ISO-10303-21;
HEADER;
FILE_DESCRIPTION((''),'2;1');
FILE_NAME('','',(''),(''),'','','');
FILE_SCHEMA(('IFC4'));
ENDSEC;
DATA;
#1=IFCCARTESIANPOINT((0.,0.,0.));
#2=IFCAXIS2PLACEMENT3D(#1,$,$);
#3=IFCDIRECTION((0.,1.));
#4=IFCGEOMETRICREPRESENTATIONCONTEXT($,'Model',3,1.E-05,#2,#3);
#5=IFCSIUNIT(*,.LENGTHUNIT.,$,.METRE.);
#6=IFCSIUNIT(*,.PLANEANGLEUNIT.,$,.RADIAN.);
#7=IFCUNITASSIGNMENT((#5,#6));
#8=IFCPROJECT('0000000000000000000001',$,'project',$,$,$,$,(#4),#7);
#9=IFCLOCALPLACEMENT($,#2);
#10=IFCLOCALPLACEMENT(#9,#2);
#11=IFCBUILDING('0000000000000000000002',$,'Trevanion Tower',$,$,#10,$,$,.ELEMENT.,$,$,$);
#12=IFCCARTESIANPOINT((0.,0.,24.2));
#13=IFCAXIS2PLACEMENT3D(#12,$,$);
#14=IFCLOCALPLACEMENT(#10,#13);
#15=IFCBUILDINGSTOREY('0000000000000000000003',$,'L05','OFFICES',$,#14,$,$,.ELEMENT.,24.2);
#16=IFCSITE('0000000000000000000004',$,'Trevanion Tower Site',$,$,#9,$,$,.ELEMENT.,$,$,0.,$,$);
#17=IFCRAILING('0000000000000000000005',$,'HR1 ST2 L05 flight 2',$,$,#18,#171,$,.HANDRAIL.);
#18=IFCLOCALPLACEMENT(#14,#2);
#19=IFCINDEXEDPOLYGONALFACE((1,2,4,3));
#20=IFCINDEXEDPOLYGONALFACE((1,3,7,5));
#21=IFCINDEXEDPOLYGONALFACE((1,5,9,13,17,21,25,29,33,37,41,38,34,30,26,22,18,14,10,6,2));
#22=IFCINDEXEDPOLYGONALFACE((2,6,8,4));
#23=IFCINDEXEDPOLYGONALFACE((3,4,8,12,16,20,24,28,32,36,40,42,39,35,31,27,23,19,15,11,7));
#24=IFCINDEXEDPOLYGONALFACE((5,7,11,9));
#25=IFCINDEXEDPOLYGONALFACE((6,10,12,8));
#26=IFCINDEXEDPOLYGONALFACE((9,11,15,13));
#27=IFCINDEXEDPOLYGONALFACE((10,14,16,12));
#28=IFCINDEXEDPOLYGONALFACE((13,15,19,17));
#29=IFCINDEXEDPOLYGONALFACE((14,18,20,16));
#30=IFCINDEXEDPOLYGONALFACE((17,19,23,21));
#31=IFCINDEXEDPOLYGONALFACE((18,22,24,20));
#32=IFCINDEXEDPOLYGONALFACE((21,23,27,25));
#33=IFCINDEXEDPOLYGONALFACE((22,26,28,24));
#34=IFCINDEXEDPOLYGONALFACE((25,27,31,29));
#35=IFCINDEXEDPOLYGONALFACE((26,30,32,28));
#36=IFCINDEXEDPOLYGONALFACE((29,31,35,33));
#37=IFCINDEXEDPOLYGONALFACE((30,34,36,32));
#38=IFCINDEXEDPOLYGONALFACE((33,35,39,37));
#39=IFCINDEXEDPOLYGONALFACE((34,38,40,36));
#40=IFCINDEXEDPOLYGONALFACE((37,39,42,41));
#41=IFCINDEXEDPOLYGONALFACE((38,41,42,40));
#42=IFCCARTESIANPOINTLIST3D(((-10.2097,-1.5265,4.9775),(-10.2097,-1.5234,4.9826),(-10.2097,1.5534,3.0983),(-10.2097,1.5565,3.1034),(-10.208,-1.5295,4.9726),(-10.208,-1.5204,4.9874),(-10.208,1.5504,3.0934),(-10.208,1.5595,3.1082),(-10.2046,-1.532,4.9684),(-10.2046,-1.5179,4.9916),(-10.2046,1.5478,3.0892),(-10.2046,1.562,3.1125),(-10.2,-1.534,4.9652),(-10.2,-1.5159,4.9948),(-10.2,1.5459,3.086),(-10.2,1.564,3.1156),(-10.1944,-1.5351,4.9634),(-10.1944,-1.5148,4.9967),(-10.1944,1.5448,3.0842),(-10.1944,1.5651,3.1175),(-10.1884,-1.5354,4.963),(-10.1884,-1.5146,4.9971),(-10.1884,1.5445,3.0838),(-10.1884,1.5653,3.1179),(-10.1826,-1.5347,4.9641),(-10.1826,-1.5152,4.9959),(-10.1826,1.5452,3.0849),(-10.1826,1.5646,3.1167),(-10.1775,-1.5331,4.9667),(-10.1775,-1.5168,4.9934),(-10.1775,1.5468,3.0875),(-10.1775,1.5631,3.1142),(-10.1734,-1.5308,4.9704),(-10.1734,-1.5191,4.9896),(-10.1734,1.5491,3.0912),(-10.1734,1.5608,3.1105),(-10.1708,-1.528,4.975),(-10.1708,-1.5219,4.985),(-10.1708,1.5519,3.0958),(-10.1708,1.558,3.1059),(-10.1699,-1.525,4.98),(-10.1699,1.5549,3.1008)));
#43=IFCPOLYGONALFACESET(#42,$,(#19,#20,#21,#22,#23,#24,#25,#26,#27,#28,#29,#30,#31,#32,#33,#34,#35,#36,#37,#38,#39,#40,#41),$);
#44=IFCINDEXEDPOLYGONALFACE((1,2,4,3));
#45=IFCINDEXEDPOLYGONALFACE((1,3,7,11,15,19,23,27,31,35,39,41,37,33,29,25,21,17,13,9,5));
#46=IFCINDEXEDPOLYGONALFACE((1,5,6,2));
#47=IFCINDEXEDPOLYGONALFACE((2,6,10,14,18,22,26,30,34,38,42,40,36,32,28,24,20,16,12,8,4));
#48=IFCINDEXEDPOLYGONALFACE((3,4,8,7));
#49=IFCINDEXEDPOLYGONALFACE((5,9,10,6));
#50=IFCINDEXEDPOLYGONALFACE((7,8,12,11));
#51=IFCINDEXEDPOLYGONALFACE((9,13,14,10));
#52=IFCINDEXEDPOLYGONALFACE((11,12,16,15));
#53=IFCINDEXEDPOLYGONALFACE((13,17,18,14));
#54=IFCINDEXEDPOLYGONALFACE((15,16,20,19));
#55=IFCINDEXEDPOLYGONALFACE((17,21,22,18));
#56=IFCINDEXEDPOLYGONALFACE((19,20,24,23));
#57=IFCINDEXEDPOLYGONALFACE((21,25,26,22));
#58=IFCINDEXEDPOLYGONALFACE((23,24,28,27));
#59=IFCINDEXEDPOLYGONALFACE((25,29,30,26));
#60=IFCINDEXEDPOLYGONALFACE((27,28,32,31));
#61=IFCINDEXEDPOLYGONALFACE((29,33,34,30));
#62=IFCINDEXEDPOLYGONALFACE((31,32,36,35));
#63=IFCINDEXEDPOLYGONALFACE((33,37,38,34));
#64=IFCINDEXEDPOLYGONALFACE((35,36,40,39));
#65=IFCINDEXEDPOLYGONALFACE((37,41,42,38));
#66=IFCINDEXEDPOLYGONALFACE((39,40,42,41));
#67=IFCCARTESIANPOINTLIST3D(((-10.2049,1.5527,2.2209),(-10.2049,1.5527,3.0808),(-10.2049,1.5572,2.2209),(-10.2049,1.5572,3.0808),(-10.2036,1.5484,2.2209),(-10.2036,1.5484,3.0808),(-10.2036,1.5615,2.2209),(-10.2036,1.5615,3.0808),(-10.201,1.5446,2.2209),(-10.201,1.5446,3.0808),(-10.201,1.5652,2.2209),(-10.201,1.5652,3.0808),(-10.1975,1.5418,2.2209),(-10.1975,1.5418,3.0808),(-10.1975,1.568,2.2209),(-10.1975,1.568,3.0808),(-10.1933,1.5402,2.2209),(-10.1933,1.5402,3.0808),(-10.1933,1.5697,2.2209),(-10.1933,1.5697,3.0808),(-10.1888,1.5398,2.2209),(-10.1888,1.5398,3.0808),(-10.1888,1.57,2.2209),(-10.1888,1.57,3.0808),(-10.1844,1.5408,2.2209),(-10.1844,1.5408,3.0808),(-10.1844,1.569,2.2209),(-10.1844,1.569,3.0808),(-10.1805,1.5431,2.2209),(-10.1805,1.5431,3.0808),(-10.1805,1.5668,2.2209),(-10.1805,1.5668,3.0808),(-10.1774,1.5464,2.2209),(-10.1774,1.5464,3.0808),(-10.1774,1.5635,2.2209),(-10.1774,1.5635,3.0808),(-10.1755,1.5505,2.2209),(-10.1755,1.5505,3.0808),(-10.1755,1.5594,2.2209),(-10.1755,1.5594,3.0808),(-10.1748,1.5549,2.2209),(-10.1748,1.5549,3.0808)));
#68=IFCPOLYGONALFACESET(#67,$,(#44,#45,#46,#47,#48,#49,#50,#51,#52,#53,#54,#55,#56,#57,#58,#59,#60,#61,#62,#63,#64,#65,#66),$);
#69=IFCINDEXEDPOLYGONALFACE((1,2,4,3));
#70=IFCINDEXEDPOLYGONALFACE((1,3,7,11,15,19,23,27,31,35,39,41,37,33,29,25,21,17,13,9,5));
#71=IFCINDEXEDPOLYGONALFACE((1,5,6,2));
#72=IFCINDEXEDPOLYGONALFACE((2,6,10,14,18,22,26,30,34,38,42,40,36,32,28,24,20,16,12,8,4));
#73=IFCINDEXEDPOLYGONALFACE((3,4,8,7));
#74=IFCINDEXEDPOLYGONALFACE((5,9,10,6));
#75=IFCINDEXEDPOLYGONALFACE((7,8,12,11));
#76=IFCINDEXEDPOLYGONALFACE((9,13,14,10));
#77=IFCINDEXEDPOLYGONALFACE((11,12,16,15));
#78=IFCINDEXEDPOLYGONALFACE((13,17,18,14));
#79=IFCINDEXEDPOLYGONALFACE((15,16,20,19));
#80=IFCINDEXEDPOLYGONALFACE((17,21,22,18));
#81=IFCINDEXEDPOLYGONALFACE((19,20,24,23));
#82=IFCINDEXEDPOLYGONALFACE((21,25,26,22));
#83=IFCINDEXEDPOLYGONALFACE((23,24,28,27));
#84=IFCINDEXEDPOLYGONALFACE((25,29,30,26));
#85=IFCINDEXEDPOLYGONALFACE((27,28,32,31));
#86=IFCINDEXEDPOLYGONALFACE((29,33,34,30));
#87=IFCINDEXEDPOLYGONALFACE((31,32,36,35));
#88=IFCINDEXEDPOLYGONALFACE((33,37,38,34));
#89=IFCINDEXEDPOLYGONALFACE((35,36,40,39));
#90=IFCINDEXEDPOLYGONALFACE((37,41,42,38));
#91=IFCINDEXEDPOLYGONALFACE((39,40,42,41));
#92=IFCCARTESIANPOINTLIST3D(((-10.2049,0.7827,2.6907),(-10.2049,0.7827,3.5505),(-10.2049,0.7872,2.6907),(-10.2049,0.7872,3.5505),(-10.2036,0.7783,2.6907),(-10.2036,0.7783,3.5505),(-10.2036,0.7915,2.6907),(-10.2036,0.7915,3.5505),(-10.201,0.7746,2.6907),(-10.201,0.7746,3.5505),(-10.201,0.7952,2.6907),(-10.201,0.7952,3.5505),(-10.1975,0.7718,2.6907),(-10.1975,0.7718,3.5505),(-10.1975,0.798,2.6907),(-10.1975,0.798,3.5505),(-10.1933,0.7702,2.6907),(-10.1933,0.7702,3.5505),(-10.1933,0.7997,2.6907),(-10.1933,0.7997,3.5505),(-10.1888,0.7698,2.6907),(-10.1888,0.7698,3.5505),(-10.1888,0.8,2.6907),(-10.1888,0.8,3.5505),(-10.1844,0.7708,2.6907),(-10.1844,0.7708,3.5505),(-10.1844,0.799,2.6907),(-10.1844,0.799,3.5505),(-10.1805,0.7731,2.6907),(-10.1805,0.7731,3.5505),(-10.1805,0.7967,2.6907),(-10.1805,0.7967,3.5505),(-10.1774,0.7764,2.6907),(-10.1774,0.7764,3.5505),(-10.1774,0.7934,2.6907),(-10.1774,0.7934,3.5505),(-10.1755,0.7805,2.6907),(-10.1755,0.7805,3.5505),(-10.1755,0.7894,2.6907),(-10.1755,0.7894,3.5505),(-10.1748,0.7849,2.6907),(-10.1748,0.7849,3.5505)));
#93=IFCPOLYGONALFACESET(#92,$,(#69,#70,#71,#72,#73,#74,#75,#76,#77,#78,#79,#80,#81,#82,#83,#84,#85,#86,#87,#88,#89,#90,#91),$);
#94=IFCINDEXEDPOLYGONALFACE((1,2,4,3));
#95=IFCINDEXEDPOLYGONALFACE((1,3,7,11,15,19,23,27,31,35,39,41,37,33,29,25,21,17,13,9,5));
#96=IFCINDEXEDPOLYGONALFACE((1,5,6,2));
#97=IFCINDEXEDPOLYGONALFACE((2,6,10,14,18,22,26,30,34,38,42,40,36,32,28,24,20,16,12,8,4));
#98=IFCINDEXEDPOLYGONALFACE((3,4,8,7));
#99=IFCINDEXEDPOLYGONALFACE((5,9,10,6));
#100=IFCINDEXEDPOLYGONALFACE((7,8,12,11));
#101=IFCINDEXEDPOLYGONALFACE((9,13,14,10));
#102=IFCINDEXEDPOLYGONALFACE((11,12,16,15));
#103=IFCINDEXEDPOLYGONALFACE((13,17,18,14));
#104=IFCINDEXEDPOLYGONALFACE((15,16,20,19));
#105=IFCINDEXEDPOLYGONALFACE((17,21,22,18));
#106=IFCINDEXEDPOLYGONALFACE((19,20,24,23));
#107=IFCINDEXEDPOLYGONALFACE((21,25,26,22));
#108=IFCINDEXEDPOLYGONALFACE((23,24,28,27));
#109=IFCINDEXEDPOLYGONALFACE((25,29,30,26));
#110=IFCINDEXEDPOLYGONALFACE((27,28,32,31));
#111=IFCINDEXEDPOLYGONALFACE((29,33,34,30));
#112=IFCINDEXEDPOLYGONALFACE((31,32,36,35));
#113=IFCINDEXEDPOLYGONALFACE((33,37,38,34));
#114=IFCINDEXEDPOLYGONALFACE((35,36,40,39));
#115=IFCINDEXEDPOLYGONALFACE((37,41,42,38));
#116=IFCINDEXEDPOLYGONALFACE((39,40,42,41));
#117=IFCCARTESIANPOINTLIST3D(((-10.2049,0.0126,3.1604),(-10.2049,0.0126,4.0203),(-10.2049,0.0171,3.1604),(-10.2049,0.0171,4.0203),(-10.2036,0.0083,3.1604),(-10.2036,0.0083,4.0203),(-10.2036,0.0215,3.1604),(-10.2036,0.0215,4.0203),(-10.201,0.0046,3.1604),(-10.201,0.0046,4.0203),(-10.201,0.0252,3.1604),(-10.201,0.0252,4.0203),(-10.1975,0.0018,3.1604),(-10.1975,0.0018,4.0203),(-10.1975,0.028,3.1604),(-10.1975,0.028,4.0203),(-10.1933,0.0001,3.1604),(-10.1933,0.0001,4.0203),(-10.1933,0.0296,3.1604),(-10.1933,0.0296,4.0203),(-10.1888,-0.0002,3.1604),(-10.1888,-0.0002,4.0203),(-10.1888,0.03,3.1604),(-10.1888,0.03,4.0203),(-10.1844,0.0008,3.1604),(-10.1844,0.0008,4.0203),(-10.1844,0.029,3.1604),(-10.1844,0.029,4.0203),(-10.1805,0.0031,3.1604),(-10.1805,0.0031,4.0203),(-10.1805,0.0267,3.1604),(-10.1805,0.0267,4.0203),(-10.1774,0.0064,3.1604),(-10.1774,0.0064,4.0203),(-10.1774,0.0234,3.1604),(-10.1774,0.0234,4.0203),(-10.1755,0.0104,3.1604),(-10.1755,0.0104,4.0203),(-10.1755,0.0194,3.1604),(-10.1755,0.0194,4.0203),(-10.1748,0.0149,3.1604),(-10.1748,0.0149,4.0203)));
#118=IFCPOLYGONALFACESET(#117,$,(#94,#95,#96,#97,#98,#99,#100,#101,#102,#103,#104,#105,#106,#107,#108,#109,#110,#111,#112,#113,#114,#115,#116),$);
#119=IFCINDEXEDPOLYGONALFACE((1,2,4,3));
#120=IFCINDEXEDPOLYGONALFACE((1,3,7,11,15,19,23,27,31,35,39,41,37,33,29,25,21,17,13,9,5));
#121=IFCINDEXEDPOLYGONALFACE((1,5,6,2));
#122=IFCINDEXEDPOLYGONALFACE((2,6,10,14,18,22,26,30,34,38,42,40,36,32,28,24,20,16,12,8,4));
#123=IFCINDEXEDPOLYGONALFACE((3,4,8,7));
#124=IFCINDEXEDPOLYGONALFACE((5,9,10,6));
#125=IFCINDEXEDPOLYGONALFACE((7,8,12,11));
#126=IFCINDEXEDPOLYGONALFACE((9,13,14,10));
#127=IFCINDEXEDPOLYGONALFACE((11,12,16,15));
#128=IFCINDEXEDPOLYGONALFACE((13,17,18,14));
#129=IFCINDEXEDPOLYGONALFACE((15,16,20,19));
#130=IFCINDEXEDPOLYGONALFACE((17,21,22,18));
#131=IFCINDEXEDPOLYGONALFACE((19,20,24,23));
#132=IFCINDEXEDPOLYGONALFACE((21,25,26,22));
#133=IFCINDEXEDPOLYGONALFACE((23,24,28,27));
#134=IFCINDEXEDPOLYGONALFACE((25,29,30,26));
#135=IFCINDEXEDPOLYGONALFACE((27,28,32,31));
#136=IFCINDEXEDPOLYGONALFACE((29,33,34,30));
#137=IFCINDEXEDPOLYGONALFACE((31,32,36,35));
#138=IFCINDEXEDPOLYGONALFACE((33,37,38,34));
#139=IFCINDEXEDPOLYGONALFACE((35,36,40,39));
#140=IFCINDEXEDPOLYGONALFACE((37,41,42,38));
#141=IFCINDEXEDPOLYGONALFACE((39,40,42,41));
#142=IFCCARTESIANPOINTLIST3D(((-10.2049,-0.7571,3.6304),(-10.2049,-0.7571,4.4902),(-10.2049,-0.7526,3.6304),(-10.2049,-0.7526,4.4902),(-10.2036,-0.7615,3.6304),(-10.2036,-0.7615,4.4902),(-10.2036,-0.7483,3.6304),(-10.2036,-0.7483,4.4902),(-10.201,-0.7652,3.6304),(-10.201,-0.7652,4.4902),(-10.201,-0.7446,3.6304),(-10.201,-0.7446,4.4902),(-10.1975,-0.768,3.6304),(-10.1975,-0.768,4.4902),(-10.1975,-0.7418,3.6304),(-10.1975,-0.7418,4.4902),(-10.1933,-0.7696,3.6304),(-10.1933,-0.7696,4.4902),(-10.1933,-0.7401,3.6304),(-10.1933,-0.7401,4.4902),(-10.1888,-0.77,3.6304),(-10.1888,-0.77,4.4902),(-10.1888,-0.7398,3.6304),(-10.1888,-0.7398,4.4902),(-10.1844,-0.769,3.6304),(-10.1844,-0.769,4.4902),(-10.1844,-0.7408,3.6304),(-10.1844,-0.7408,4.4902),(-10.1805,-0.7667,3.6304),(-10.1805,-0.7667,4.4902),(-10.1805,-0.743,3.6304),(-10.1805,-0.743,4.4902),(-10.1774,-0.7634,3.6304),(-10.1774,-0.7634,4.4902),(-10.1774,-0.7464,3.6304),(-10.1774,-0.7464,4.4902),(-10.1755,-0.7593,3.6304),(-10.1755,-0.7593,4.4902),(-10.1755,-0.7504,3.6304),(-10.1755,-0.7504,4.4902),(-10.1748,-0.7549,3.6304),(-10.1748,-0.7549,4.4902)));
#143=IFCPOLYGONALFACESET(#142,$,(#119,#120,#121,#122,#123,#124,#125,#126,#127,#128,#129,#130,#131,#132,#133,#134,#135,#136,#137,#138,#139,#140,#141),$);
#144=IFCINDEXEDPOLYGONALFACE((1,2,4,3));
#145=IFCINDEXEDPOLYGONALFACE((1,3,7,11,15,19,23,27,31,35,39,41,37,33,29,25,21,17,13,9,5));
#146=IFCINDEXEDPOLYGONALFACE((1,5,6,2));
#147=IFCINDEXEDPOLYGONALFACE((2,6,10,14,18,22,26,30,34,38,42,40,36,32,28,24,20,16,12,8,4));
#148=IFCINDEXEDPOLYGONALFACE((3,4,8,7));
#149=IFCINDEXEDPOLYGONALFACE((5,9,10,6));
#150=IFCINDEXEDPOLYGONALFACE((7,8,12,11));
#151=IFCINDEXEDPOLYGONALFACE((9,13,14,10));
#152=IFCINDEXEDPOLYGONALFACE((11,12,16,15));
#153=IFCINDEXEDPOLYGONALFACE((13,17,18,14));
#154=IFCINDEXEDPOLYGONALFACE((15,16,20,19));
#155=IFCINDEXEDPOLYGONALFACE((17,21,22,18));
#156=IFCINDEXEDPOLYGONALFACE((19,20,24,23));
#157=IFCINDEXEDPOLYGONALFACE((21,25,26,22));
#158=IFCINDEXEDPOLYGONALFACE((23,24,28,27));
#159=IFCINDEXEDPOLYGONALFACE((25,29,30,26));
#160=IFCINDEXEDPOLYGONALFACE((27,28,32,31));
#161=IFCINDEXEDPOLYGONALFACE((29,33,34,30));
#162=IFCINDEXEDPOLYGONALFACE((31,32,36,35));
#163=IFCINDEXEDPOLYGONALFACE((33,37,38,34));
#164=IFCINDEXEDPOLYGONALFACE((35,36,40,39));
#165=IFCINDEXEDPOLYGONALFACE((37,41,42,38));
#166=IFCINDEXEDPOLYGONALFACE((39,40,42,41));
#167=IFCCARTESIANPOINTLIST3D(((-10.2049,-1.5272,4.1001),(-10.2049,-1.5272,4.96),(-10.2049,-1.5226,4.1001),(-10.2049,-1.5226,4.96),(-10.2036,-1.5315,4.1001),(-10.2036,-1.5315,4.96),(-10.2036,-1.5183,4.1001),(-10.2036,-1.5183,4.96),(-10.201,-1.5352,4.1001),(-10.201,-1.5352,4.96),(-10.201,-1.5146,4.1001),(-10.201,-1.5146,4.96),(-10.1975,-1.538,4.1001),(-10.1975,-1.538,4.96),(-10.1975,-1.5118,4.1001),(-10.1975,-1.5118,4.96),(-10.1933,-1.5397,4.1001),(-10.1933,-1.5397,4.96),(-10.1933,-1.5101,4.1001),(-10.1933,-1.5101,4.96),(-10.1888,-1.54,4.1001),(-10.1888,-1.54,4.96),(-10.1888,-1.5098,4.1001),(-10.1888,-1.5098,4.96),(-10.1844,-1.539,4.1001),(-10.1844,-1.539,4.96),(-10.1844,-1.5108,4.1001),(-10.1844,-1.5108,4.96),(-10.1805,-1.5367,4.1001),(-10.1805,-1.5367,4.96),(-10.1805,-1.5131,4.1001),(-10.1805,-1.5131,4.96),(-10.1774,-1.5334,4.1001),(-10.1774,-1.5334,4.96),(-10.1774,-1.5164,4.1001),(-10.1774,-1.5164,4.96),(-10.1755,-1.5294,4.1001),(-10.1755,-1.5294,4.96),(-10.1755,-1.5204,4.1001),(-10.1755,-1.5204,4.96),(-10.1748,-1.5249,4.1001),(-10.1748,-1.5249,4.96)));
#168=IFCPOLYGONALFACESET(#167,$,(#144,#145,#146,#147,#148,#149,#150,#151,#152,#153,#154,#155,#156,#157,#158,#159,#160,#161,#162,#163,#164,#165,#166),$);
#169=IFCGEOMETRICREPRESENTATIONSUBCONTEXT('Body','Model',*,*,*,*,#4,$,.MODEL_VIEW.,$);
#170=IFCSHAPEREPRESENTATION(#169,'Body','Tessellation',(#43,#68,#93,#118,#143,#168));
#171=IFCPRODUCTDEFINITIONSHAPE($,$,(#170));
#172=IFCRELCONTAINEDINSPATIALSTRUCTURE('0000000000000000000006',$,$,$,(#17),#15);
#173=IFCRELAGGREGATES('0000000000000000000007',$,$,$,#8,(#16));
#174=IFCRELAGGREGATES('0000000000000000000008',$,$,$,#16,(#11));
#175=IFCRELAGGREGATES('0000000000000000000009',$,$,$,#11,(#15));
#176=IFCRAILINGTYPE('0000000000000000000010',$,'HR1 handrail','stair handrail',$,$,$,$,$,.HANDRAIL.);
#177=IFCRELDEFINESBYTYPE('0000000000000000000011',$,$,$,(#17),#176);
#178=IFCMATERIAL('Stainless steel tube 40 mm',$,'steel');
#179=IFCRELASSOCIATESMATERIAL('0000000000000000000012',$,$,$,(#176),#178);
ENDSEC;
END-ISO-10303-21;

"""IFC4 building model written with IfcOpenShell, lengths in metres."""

from ifc_helpers import new_model, si_unit, direction, frame, origin, origin_2d, place, context, subcontext, project, spatial, circle, extrude, material, type_object, element, save


model = new_model("IFC4")

# Units and contexts
model_context = context("Model", 3, precision=1e-05, world=origin(), true_north=direction((0.0, 1.0)))
body_context = subcontext(model_context, "Body", "Model", "MODEL_VIEW")
ifc_project = project(units=[si_unit("LENGTHUNIT", "METRE"), si_unit("PLANEANGLEUNIT", "RADIAN")], contexts=[model_context])

# Site, building, storey
site_placement = place(None, origin())
site = spatial("IfcSite", under=ifc_project, at=site_placement, Name="Trevanion Tower Site", CompositionType="ELEMENT", RefElevation=0.0)
building_placement = place(site_placement, origin())
building = spatial("IfcBuilding", under=site, at=building_placement, Name="Trevanion Tower", CompositionType="ELEMENT")
storey_placement = place(building_placement, frame((0.0, 0.0, 24.2)))
storey = spatial("IfcBuildingStorey", under=building, at=storey_placement, Name="L05", Description="OFFICES", CompositionType="ELEMENT", Elevation=24.2)

# Railing
ifc_material_1 = material(Name="Stainless steel tube 40 mm", Category="steel")
railing_type = type_object("IfcRailingType", Name="HR1 handrail", Description="stair handrail", PredefinedType="HANDRAIL", material=ifc_material_1)
for number, where, name in (
    (1, (-10.1899, 1.5549, 2.2209), "HR1 ST2 L05 flight 2"),
):
    element("IfcRailing", number, at=place(storey_placement, frame(where)), inside=storey, type_object=railing_type, Name=name, PredefinedType="HANDRAIL", context=body_context, shape_type="SweptSolid", body=[
        extrude(circle(Radius=0.02, at=origin_2d()), frame((0.0, 0.0, 0.8799), z_axis=(0.0, -0.853648, 0.52085), x_axis=(1.0, 0.0, 0.0)), (0.0, 0.0, 1.0), 3.6079),
        extrude(circle(Radius=0.0151, at=origin_2d()), origin(), (0.0, 0.0, 1.0), 0.8599),
        extrude(circle(Radius=0.0151, at=origin_2d()), frame((0.0, -0.77, 0.4697)), (0.0, 0.0, 1.0), 0.8599),
        extrude(circle(Radius=0.0151, at=origin_2d()), frame((0.0, -1.54, 0.9395)), (0.0, 0.0, 1.0), 0.8599),
        extrude(circle(Radius=0.0151, at=origin_2d()), frame((0.0, -2.3098, 1.4094)), (0.0, 0.0, 1.0), 0.8599),
        extrude(circle(Radius=0.0151, at=origin_2d()), frame((0.0, -3.0798, 1.8792)), (0.0, 0.0, 1.0), 0.8599),
    ])

save(model, "model.ifc")
